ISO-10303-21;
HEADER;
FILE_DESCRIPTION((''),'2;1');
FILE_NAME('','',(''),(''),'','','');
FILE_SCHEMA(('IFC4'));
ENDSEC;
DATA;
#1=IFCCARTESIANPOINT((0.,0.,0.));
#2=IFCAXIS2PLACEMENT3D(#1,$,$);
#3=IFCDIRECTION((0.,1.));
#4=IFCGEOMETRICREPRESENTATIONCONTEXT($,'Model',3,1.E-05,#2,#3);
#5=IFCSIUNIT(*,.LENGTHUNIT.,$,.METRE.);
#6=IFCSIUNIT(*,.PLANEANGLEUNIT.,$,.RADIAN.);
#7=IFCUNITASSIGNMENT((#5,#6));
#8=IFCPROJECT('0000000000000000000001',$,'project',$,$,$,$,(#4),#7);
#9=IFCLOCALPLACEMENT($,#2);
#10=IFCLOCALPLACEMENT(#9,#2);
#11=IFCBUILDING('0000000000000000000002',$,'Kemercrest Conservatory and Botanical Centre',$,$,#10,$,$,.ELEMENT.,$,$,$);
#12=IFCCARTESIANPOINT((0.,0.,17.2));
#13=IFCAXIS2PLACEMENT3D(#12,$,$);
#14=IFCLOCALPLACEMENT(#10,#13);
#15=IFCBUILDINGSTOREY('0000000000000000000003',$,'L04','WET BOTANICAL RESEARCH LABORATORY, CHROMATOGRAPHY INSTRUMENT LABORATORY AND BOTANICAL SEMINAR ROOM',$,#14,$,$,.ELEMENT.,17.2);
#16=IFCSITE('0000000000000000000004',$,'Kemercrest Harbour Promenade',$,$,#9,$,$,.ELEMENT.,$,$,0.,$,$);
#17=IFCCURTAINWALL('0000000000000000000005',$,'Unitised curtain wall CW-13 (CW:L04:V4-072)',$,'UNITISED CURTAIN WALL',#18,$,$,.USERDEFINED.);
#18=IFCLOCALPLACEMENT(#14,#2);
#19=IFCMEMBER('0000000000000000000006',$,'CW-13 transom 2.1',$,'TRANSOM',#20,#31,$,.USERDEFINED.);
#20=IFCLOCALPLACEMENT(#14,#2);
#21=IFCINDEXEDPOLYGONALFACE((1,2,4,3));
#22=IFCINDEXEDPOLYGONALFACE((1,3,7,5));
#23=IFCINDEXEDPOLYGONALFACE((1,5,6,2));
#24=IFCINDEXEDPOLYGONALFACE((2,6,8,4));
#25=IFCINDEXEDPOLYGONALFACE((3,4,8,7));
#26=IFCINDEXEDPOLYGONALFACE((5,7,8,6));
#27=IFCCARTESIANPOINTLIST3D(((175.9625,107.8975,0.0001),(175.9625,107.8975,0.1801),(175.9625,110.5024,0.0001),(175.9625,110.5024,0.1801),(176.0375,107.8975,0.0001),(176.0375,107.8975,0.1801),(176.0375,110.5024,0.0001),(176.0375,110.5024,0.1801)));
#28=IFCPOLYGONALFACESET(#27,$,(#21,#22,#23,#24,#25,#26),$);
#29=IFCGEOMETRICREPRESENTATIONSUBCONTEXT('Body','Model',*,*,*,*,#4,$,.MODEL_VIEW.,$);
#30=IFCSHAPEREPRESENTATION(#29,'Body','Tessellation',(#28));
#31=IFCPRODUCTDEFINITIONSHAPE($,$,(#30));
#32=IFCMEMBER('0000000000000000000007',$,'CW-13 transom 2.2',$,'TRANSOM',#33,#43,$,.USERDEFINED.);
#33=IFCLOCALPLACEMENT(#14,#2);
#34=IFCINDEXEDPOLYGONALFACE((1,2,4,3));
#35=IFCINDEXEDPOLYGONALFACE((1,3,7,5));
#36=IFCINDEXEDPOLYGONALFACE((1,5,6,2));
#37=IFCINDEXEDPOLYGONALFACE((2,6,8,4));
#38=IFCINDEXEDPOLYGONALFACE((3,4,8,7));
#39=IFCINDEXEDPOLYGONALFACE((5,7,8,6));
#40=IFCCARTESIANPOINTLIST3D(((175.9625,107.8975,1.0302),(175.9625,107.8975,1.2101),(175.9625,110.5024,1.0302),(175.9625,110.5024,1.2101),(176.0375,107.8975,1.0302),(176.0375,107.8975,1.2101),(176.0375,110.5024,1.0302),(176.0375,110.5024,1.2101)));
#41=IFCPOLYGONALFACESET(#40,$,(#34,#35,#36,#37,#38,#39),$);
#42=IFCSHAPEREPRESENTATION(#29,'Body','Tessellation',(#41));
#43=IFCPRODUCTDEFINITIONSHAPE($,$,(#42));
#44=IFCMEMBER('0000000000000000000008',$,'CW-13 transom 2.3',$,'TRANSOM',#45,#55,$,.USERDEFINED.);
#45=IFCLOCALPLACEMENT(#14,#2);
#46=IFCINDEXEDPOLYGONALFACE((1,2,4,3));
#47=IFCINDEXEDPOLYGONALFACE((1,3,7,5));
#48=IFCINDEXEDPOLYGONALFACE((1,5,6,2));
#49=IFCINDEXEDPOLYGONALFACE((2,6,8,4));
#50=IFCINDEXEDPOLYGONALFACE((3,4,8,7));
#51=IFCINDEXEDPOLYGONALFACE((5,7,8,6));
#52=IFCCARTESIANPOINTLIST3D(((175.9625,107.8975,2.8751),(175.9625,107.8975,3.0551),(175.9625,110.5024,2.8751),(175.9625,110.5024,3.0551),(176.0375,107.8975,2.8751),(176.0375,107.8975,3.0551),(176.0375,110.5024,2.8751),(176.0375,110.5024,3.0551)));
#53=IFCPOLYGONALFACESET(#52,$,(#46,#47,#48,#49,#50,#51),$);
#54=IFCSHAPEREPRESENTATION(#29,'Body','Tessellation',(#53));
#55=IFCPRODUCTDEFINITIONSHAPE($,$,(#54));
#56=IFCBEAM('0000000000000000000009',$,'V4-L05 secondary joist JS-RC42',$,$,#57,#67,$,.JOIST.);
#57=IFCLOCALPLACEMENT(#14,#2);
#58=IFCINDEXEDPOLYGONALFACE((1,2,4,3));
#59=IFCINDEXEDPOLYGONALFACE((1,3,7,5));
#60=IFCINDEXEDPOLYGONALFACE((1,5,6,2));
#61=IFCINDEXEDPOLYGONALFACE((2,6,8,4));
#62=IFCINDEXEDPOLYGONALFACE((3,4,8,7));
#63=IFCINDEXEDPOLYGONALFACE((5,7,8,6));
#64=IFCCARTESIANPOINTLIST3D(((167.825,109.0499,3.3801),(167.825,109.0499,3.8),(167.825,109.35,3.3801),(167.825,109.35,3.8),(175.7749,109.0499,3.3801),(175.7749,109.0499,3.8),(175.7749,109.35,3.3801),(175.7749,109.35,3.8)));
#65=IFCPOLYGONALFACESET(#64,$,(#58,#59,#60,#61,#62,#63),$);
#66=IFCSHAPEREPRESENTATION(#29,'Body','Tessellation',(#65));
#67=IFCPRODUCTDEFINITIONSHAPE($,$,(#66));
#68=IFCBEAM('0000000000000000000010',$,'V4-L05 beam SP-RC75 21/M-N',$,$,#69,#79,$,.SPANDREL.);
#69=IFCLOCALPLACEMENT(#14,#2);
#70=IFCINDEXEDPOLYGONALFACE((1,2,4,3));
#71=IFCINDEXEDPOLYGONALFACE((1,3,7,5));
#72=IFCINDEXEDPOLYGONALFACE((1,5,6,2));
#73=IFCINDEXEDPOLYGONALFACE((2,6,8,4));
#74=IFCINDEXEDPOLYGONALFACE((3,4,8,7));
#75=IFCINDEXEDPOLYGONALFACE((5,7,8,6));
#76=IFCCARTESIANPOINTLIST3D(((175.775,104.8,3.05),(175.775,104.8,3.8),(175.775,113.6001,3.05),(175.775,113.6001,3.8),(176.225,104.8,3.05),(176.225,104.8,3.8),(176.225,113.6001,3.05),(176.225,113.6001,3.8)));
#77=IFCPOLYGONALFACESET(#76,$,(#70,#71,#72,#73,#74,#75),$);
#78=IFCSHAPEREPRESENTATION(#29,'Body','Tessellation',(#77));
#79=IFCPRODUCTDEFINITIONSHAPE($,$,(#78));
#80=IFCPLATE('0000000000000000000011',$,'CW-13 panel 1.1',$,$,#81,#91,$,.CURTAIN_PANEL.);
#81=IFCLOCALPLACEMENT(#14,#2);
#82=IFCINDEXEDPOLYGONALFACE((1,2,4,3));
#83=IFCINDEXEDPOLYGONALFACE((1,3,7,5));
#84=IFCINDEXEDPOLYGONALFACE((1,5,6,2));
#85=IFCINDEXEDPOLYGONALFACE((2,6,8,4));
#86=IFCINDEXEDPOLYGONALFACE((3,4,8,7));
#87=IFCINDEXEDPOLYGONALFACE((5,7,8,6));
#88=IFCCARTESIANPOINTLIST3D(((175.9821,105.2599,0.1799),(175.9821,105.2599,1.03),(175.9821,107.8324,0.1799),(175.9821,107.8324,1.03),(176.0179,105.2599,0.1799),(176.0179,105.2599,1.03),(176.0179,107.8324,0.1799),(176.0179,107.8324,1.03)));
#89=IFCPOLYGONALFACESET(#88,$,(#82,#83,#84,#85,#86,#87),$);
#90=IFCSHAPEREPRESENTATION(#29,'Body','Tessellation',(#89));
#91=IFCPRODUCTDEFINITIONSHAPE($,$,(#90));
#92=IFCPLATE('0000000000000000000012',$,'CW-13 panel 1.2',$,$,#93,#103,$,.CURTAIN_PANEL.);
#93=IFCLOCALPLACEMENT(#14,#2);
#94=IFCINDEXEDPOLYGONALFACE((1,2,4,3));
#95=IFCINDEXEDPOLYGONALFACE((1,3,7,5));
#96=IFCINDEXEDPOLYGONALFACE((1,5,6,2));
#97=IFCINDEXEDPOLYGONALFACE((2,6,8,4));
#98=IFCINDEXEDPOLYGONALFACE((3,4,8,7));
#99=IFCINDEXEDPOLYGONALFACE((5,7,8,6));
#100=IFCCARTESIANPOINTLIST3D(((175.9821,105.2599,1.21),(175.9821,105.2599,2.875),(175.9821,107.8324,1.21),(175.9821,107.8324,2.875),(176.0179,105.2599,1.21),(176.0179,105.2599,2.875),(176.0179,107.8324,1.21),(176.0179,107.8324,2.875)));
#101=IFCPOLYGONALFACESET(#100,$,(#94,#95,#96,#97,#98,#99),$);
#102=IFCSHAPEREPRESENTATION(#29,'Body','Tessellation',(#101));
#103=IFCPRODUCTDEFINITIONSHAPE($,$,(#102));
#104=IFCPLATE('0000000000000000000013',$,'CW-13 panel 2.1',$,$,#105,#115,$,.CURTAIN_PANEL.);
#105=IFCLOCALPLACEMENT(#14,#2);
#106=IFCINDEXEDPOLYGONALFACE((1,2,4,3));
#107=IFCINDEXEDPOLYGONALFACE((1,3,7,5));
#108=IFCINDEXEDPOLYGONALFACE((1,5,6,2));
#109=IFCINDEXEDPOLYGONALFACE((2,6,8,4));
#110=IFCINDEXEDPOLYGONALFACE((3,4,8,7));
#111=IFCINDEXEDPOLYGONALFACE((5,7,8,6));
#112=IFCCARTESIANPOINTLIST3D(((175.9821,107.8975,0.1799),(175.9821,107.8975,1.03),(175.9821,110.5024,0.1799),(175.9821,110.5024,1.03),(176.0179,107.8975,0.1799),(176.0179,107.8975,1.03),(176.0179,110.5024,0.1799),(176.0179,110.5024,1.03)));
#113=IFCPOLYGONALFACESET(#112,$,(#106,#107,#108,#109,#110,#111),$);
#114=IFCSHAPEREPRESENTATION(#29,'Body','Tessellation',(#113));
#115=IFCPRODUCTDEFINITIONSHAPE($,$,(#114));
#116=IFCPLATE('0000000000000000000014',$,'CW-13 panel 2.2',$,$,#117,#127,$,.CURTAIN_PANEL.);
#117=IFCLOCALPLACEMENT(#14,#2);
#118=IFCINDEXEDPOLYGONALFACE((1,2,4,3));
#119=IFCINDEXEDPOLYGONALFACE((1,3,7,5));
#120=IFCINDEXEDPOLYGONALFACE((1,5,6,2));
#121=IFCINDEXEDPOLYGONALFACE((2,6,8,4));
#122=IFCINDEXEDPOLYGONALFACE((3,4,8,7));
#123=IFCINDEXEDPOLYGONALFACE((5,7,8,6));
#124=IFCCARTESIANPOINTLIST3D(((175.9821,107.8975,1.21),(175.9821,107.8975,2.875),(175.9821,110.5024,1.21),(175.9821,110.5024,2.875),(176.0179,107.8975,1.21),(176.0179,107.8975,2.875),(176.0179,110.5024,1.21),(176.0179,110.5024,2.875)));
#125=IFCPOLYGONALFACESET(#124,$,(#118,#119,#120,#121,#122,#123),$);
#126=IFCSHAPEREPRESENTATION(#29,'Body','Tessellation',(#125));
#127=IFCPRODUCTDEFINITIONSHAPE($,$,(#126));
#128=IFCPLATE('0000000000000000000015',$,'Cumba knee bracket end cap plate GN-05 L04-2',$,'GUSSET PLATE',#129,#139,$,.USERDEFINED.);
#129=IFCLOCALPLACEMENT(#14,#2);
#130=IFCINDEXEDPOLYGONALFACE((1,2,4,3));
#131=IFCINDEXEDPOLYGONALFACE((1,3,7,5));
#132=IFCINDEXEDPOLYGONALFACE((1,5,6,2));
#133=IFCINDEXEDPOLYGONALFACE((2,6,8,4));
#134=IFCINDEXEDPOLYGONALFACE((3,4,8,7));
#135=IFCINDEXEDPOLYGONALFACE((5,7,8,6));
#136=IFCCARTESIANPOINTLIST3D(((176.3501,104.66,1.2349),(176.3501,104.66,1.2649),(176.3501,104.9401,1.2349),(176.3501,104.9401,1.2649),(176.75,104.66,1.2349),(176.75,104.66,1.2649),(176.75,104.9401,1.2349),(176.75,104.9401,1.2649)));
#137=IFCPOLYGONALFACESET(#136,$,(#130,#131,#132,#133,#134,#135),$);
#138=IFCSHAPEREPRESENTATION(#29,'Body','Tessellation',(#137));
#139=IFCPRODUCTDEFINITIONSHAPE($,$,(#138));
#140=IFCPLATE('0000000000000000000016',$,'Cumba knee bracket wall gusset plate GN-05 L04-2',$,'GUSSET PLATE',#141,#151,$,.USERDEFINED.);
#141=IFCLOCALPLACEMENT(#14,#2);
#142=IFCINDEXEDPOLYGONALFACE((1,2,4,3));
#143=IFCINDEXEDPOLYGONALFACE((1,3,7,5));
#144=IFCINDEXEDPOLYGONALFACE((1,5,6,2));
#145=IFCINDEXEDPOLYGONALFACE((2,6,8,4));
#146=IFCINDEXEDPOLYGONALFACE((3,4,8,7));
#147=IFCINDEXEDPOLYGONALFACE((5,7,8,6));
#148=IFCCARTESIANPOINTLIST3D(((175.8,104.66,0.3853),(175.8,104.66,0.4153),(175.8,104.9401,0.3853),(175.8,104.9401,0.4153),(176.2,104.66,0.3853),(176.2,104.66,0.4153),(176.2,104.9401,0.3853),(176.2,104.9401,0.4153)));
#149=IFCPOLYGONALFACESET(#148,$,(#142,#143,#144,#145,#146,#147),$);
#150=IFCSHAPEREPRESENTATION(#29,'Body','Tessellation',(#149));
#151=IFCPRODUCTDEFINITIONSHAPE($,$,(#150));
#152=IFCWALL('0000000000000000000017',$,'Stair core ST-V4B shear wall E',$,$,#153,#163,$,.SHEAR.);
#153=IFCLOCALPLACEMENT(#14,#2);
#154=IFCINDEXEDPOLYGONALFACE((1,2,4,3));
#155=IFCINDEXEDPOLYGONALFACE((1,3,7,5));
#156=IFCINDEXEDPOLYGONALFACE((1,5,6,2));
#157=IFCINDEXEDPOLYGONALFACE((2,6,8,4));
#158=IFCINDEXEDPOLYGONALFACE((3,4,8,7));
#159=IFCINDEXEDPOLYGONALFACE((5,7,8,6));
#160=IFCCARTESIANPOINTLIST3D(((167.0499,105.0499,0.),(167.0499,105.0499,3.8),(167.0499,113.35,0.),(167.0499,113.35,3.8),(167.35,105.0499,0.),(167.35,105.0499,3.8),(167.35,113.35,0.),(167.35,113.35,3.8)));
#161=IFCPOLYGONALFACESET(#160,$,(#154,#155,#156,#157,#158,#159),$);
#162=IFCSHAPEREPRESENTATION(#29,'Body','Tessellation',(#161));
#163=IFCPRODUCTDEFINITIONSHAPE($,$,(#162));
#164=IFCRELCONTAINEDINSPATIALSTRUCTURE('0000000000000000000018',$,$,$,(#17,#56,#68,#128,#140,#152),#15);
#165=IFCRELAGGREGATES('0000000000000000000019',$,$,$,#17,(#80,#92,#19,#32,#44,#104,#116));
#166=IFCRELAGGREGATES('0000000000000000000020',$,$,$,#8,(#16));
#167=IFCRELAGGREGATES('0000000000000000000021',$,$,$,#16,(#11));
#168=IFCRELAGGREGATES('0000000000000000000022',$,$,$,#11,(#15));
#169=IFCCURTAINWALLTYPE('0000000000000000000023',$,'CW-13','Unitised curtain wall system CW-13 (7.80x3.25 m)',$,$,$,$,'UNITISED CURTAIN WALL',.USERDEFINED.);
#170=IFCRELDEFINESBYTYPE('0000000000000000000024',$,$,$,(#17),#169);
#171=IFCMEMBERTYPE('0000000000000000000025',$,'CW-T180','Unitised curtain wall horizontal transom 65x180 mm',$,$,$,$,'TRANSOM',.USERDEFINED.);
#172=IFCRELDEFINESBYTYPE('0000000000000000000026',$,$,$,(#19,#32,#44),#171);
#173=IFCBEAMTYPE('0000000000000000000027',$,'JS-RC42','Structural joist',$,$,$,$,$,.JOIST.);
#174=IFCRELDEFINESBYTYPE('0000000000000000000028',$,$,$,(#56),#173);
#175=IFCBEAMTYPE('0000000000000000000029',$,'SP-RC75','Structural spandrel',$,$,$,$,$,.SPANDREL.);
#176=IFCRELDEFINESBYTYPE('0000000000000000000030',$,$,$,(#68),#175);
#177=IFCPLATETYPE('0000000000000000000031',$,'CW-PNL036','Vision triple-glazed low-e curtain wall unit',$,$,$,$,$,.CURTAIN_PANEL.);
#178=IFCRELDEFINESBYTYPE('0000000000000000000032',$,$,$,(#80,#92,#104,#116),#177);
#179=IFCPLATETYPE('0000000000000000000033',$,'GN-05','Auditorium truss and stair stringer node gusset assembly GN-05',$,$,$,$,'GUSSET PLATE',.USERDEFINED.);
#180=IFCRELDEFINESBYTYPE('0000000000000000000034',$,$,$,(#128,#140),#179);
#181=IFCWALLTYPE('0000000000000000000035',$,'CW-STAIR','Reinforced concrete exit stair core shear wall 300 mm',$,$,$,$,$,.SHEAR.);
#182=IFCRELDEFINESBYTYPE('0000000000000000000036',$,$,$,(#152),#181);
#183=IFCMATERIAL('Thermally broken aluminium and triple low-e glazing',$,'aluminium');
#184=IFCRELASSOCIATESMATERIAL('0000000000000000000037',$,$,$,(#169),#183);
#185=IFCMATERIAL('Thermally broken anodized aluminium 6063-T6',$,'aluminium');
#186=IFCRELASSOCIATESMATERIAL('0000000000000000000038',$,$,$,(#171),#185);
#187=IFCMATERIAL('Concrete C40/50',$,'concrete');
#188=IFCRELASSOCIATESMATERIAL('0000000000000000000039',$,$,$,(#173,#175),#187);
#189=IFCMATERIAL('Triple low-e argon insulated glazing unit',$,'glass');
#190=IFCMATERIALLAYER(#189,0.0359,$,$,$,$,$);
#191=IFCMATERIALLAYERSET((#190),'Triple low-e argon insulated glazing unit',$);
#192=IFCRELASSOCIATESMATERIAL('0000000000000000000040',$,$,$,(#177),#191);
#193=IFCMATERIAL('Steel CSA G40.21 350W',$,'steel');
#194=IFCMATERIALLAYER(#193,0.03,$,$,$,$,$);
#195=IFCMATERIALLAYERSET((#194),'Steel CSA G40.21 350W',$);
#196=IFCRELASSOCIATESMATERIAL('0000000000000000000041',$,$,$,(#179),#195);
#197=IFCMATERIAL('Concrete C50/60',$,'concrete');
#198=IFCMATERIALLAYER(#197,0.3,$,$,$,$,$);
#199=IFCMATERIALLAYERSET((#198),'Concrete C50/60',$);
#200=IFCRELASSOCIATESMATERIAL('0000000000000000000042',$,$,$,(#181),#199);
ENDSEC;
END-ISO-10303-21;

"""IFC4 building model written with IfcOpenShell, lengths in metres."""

from ifc_helpers import new_model, si_unit, direction, frame, frame_2d, origin, origin_2d, place, context, subcontext, project, spatial, rectangle, extrude, material, layer, layer_set, material_profile, profile_set, type_object, element, aggregate, save


model = new_model("IFC4")

# Units and contexts
model_context = context("Model", 3, precision=1e-05, world=origin(), true_north=direction((0.0, 1.0)))
body_context = subcontext(model_context, "Body", "Model", "MODEL_VIEW")
ifc_project = project(units=[si_unit("LENGTHUNIT", "METRE"), si_unit("PLANEANGLEUNIT", "RADIAN")], contexts=[model_context])

# Site, building, storey
site_placement = place(None, origin())
site = spatial("IfcSite", under=ifc_project, at=site_placement, Name="Kemercrest Harbour Promenade", CompositionType="ELEMENT", RefElevation=0.0)
building_placement = place(site_placement, origin())
building = spatial("IfcBuilding", under=site, at=building_placement, Name="Kemercrest Conservatory and Botanical Centre", CompositionType="ELEMENT")
storey_placement = place(building_placement, frame((0.0, 0.0, 17.2)))
storey = spatial("IfcBuildingStorey", under=building, at=storey_placement, Name="L04", Description="WET BOTANICAL RESEARCH LABORATORY, CHROMATOGRAPHY INSTRUMENT LABORATORY AND BOTANICAL SEMINAR ROOM", CompositionType="ELEMENT", Elevation=17.2)

# Shared definitions
ifc_material_1 = material(Name="Concrete C50/60", Category="concrete")

# Shared definitions
ifc_material_2 = material(Name="Concrete C40/50", Category="concrete")

# Shared definitions
ifc_material_3 = material(Name="Steel CSA G40.21 350W", Category="steel")

# Curtain wall, members
ifc_material_4 = material(Name="Thermally broken aluminium and triple low-e glazing", Category="aluminium")
curtain_wall_type = type_object("IfcCurtainWallType", Name="CW-13", Description="Unitised curtain wall system CW-13 (7.80x3.25 m)", ElementType="UNITISED CURTAIN WALL", PredefinedType="USERDEFINED", material=ifc_material_4)
curtain_wall_placement = place(storey_placement, origin())
curtain_wall = element("IfcCurtainWall", 1, at=curtain_wall_placement, inside=storey, type_object=curtain_wall_type, Name="Unitised curtain wall CW-13 (CW:L04:V4-072)", ObjectType="UNITISED CURTAIN WALL", PredefinedType="USERDEFINED")
ifc_material_5 = material(Name="Thermally broken anodized aluminium 6063-T6", Category="aluminium")
ifc_material_profile_1 = material_profile(ifc_material_5, rectangle(XDim=0.075, YDim=0.1799, at=origin_2d()), Name="AL TRANSOM 75x180")
ifc_profile_set_1 = profile_set([ifc_material_profile_1], Name="Thermally broken anodized aluminium 6063-T6")
member_type_1 = type_object("IfcMemberType", Name="CW-T180", Description="Unitised curtain wall horizontal transom 65x180 mm", ElementType="TRANSOM", PredefinedType="USERDEFINED", material=ifc_profile_set_1)
member_1_placement = place(storey_placement, frame((176.0, 107.8975, 0.0901), z_axis=(0.0, 1.0, 0.0), x_axis=(-1.0, 0.0, 0.0)))
member_1 = element("IfcMember", 2, at=member_1_placement, type_object=member_type_1, Name="CW-13 transom 2.1", ObjectType="TRANSOM", PredefinedType="USERDEFINED", context=body_context, shape_type="SweptSolid", body=[
    extrude(rectangle(XDim=0.075, YDim=0.1799, at=origin_2d()), origin(), (0.0, 0.0, 1.0), 2.605),
])
member_2_placement = place(storey_placement, frame((176.0, 107.8975, 1.1201), z_axis=(0.0, 1.0, 0.0), x_axis=(-1.0, 0.0, 0.0)))
member_2 = element("IfcMember", 3, at=member_2_placement, type_object=member_type_1, Name="CW-13 transom 2.2", ObjectType="TRANSOM", PredefinedType="USERDEFINED", context=body_context, shape_type="SweptSolid", body=[
    extrude(rectangle(XDim=0.075, YDim=0.1799, at=origin_2d()), origin(), (0.0, 0.0, 1.0), 2.605),
])
member_3_placement = place(storey_placement, frame((176.0, 107.8975, 2.9651), z_axis=(0.0, 1.0, 0.0), x_axis=(-1.0, 0.0, 0.0)))
member_3 = element("IfcMember", 4, at=member_3_placement, type_object=member_type_1, Name="CW-13 transom 2.3", ObjectType="TRANSOM", PredefinedType="USERDEFINED", context=body_context, shape_type="SweptSolid", body=[
    extrude(rectangle(XDim=0.075, YDim=0.1799, at=origin_2d()), origin(), (0.0, 0.0, 1.0), 2.605),
])

# Beams
ifc_material_profile_2 = material_profile(ifc_material_2, rectangle(XDim=0.3, YDim=0.4199, at=origin_2d()), Name="RC 300x420")
ifc_profile_set_2 = profile_set([ifc_material_profile_2], Name="Concrete C40/50")
beam_type_1 = type_object("IfcBeamType", Name="JS-RC42", Description="Structural joist", PredefinedType="JOIST", material=ifc_profile_set_2)
beam_1_placement = place(storey_placement, frame((167.825, 109.2, 3.5901), z_axis=(1.0, 0.0, 0.0), x_axis=(0.0, 1.0, 0.0)))
element("IfcBeam", 5, at=beam_1_placement, inside=storey, type_object=beam_type_1, Name="V4-L05 secondary joist JS-RC42", PredefinedType="JOIST", context=body_context, shape_type="SweptSolid", body=[
    extrude(rectangle(XDim=0.3, YDim=0.4199, at=origin_2d()), origin(), (0.0, 0.0, 1.0), 7.95),
])
ifc_material_profile_3 = material_profile(ifc_material_2, rectangle(XDim=0.45, YDim=0.75, at=origin_2d()), Name="RC 450x750")
ifc_profile_set_3 = profile_set([ifc_material_profile_3], Name="Concrete C40/50")
beam_type_2 = type_object("IfcBeamType", Name="SP-RC75", Description="Structural spandrel", PredefinedType="SPANDREL", material=ifc_profile_set_3)
beam_2_placement = place(storey_placement, frame((176.0, 104.8, 3.425), z_axis=(0.0, 1.0, 0.0), x_axis=(-1.0, 0.0, 0.0)))
element("IfcBeam", 6, at=beam_2_placement, inside=storey, type_object=beam_type_2, Name="V4-L05 beam SP-RC75 21/M-N", PredefinedType="SPANDREL", context=body_context, shape_type="SweptSolid", body=[
    extrude(rectangle(XDim=0.45, YDim=0.75, at=origin_2d()), origin(), (0.0, 0.0, 1.0), 8.8),
])

# Plates
ifc_material_6 = material(Name="Triple low-e argon insulated glazing unit", Category="glass")
ifc_layer_1 = layer(ifc_material_6, 0.0359)
ifc_layer_set_1 = layer_set([ifc_layer_1], Name="Triple low-e argon insulated glazing unit")
plate_type_1 = type_object("IfcPlateType", Name="CW-PNL036", Description="Vision triple-glazed low-e curtain wall unit", PredefinedType="CURTAIN_PANEL", material=ifc_layer_set_1)
plate_1_placement = place(storey_placement, frame((176.0, 106.5461, 0.1799), z_axis=(0.0, 0.0, 1.0), x_axis=(0.0, 1.0, 0.0)))
plate_1 = element("IfcPlate", 7, at=plate_1_placement, type_object=plate_type_1, Name="CW-13 panel 1.1", PredefinedType="CURTAIN_PANEL", context=body_context, shape_type="SweptSolid", body=[
    extrude(rectangle(XDim=2.5725, YDim=0.0359, at=origin_2d()), origin(), (0.0, 0.0, 1.0), 0.8501),
])
plate_2_placement = place(storey_placement, frame((176.0, 106.5461, 1.21), z_axis=(0.0, 0.0, 1.0), x_axis=(0.0, 1.0, 0.0)))
plate_2 = element("IfcPlate", 8, at=plate_2_placement, type_object=plate_type_1, Name="CW-13 panel 1.2", PredefinedType="CURTAIN_PANEL", context=body_context, shape_type="SweptSolid", body=[
    extrude(rectangle(XDim=2.5725, YDim=0.0359, at=origin_2d()), origin(), (0.0, 0.0, 1.0), 1.665),
])
plate_3_placement = place(storey_placement, frame((176.0, 109.2, 0.1799), z_axis=(0.0, 0.0, 1.0), x_axis=(0.0, 1.0, 0.0)))
plate_3 = element("IfcPlate", 9, at=plate_3_placement, type_object=plate_type_1, Name="CW-13 panel 2.1", PredefinedType="CURTAIN_PANEL", context=body_context, shape_type="SweptSolid", body=[
    extrude(rectangle(XDim=2.605, YDim=0.0359, at=origin_2d()), origin(), (0.0, 0.0, 1.0), 0.8501),
])
plate_4_placement = place(storey_placement, frame((176.0, 109.2, 1.21), z_axis=(0.0, 0.0, 1.0), x_axis=(0.0, 1.0, 0.0)))
plate_4 = element("IfcPlate", 10, at=plate_4_placement, type_object=plate_type_1, Name="CW-13 panel 2.2", PredefinedType="CURTAIN_PANEL", context=body_context, shape_type="SweptSolid", body=[
    extrude(rectangle(XDim=2.605, YDim=0.0359, at=origin_2d()), origin(), (0.0, 0.0, 1.0), 1.665),
])
aggregate(curtain_wall, [plate_1, plate_2, member_1, member_2, member_3, plate_3, plate_4])

# Plates
ifc_layer_2 = layer(ifc_material_3, 0.03)
ifc_layer_set_2 = layer_set([ifc_layer_2], Name="Steel CSA G40.21 350W")
plate_type_2 = type_object("IfcPlateType", Name="GN-05", Description="Auditorium truss and stair stringer node gusset assembly GN-05", ElementType="GUSSET PLATE", PredefinedType="USERDEFINED", material=ifc_layer_set_2)
for number, where, z_axis, x_axis, name in (
    (11, (176.55, 104.8, 1.2349), (0.0, 0.0, 1.0), (1.0, 0.0, 0.0), "Cumba knee bracket end cap plate GN-05 L04-2"),
    (12, (176.0, 104.8, 0.3853), (0.0, 0.0, 1.0), (1.0, 0.0, 0.0), "Cumba knee bracket wall gusset plate GN-05 L04-2"),
):
    element("IfcPlate", number, at=place(storey_placement, frame(where, z_axis=z_axis, x_axis=x_axis)), inside=storey, type_object=plate_type_2, Name=name, ObjectType="GUSSET PLATE", PredefinedType="USERDEFINED", context=body_context, shape_type="SweptSolid", body=[
        extrude(rectangle(XDim=0.3999, YDim=0.28, at=origin_2d()), origin(), (0.0, 0.0, 1.0), 0.03),
    ])

# Wall
ifc_layer_3 = layer(ifc_material_1, 0.3)
ifc_layer_set_3 = layer_set([ifc_layer_3], Name="Concrete C50/60")
wall_type_1 = type_object("IfcWallType", Name="CW-STAIR", Description="Reinforced concrete exit stair core shear wall 300 mm", PredefinedType="SHEAR", material=ifc_layer_set_3)
wall_1_placement = place(storey_placement, frame((167.2, 105.05, 0.0), z_axis=(0.0, 0.0, 1.0), x_axis=(0.0, 1.0, 0.0)))
element("IfcWall", 13, at=wall_1_placement, inside=storey, type_object=wall_type_1, Name="Stair core ST-V4B shear wall E", PredefinedType="SHEAR", context=body_context, shape_type="SweptSolid", body=[
    extrude(rectangle(XDim=8.3, YDim=0.3, at=frame_2d((4.1499, 0.0))), origin(), (0.0, 0.0, 1.0), 3.8),
])

save(model, "model.ifc")
